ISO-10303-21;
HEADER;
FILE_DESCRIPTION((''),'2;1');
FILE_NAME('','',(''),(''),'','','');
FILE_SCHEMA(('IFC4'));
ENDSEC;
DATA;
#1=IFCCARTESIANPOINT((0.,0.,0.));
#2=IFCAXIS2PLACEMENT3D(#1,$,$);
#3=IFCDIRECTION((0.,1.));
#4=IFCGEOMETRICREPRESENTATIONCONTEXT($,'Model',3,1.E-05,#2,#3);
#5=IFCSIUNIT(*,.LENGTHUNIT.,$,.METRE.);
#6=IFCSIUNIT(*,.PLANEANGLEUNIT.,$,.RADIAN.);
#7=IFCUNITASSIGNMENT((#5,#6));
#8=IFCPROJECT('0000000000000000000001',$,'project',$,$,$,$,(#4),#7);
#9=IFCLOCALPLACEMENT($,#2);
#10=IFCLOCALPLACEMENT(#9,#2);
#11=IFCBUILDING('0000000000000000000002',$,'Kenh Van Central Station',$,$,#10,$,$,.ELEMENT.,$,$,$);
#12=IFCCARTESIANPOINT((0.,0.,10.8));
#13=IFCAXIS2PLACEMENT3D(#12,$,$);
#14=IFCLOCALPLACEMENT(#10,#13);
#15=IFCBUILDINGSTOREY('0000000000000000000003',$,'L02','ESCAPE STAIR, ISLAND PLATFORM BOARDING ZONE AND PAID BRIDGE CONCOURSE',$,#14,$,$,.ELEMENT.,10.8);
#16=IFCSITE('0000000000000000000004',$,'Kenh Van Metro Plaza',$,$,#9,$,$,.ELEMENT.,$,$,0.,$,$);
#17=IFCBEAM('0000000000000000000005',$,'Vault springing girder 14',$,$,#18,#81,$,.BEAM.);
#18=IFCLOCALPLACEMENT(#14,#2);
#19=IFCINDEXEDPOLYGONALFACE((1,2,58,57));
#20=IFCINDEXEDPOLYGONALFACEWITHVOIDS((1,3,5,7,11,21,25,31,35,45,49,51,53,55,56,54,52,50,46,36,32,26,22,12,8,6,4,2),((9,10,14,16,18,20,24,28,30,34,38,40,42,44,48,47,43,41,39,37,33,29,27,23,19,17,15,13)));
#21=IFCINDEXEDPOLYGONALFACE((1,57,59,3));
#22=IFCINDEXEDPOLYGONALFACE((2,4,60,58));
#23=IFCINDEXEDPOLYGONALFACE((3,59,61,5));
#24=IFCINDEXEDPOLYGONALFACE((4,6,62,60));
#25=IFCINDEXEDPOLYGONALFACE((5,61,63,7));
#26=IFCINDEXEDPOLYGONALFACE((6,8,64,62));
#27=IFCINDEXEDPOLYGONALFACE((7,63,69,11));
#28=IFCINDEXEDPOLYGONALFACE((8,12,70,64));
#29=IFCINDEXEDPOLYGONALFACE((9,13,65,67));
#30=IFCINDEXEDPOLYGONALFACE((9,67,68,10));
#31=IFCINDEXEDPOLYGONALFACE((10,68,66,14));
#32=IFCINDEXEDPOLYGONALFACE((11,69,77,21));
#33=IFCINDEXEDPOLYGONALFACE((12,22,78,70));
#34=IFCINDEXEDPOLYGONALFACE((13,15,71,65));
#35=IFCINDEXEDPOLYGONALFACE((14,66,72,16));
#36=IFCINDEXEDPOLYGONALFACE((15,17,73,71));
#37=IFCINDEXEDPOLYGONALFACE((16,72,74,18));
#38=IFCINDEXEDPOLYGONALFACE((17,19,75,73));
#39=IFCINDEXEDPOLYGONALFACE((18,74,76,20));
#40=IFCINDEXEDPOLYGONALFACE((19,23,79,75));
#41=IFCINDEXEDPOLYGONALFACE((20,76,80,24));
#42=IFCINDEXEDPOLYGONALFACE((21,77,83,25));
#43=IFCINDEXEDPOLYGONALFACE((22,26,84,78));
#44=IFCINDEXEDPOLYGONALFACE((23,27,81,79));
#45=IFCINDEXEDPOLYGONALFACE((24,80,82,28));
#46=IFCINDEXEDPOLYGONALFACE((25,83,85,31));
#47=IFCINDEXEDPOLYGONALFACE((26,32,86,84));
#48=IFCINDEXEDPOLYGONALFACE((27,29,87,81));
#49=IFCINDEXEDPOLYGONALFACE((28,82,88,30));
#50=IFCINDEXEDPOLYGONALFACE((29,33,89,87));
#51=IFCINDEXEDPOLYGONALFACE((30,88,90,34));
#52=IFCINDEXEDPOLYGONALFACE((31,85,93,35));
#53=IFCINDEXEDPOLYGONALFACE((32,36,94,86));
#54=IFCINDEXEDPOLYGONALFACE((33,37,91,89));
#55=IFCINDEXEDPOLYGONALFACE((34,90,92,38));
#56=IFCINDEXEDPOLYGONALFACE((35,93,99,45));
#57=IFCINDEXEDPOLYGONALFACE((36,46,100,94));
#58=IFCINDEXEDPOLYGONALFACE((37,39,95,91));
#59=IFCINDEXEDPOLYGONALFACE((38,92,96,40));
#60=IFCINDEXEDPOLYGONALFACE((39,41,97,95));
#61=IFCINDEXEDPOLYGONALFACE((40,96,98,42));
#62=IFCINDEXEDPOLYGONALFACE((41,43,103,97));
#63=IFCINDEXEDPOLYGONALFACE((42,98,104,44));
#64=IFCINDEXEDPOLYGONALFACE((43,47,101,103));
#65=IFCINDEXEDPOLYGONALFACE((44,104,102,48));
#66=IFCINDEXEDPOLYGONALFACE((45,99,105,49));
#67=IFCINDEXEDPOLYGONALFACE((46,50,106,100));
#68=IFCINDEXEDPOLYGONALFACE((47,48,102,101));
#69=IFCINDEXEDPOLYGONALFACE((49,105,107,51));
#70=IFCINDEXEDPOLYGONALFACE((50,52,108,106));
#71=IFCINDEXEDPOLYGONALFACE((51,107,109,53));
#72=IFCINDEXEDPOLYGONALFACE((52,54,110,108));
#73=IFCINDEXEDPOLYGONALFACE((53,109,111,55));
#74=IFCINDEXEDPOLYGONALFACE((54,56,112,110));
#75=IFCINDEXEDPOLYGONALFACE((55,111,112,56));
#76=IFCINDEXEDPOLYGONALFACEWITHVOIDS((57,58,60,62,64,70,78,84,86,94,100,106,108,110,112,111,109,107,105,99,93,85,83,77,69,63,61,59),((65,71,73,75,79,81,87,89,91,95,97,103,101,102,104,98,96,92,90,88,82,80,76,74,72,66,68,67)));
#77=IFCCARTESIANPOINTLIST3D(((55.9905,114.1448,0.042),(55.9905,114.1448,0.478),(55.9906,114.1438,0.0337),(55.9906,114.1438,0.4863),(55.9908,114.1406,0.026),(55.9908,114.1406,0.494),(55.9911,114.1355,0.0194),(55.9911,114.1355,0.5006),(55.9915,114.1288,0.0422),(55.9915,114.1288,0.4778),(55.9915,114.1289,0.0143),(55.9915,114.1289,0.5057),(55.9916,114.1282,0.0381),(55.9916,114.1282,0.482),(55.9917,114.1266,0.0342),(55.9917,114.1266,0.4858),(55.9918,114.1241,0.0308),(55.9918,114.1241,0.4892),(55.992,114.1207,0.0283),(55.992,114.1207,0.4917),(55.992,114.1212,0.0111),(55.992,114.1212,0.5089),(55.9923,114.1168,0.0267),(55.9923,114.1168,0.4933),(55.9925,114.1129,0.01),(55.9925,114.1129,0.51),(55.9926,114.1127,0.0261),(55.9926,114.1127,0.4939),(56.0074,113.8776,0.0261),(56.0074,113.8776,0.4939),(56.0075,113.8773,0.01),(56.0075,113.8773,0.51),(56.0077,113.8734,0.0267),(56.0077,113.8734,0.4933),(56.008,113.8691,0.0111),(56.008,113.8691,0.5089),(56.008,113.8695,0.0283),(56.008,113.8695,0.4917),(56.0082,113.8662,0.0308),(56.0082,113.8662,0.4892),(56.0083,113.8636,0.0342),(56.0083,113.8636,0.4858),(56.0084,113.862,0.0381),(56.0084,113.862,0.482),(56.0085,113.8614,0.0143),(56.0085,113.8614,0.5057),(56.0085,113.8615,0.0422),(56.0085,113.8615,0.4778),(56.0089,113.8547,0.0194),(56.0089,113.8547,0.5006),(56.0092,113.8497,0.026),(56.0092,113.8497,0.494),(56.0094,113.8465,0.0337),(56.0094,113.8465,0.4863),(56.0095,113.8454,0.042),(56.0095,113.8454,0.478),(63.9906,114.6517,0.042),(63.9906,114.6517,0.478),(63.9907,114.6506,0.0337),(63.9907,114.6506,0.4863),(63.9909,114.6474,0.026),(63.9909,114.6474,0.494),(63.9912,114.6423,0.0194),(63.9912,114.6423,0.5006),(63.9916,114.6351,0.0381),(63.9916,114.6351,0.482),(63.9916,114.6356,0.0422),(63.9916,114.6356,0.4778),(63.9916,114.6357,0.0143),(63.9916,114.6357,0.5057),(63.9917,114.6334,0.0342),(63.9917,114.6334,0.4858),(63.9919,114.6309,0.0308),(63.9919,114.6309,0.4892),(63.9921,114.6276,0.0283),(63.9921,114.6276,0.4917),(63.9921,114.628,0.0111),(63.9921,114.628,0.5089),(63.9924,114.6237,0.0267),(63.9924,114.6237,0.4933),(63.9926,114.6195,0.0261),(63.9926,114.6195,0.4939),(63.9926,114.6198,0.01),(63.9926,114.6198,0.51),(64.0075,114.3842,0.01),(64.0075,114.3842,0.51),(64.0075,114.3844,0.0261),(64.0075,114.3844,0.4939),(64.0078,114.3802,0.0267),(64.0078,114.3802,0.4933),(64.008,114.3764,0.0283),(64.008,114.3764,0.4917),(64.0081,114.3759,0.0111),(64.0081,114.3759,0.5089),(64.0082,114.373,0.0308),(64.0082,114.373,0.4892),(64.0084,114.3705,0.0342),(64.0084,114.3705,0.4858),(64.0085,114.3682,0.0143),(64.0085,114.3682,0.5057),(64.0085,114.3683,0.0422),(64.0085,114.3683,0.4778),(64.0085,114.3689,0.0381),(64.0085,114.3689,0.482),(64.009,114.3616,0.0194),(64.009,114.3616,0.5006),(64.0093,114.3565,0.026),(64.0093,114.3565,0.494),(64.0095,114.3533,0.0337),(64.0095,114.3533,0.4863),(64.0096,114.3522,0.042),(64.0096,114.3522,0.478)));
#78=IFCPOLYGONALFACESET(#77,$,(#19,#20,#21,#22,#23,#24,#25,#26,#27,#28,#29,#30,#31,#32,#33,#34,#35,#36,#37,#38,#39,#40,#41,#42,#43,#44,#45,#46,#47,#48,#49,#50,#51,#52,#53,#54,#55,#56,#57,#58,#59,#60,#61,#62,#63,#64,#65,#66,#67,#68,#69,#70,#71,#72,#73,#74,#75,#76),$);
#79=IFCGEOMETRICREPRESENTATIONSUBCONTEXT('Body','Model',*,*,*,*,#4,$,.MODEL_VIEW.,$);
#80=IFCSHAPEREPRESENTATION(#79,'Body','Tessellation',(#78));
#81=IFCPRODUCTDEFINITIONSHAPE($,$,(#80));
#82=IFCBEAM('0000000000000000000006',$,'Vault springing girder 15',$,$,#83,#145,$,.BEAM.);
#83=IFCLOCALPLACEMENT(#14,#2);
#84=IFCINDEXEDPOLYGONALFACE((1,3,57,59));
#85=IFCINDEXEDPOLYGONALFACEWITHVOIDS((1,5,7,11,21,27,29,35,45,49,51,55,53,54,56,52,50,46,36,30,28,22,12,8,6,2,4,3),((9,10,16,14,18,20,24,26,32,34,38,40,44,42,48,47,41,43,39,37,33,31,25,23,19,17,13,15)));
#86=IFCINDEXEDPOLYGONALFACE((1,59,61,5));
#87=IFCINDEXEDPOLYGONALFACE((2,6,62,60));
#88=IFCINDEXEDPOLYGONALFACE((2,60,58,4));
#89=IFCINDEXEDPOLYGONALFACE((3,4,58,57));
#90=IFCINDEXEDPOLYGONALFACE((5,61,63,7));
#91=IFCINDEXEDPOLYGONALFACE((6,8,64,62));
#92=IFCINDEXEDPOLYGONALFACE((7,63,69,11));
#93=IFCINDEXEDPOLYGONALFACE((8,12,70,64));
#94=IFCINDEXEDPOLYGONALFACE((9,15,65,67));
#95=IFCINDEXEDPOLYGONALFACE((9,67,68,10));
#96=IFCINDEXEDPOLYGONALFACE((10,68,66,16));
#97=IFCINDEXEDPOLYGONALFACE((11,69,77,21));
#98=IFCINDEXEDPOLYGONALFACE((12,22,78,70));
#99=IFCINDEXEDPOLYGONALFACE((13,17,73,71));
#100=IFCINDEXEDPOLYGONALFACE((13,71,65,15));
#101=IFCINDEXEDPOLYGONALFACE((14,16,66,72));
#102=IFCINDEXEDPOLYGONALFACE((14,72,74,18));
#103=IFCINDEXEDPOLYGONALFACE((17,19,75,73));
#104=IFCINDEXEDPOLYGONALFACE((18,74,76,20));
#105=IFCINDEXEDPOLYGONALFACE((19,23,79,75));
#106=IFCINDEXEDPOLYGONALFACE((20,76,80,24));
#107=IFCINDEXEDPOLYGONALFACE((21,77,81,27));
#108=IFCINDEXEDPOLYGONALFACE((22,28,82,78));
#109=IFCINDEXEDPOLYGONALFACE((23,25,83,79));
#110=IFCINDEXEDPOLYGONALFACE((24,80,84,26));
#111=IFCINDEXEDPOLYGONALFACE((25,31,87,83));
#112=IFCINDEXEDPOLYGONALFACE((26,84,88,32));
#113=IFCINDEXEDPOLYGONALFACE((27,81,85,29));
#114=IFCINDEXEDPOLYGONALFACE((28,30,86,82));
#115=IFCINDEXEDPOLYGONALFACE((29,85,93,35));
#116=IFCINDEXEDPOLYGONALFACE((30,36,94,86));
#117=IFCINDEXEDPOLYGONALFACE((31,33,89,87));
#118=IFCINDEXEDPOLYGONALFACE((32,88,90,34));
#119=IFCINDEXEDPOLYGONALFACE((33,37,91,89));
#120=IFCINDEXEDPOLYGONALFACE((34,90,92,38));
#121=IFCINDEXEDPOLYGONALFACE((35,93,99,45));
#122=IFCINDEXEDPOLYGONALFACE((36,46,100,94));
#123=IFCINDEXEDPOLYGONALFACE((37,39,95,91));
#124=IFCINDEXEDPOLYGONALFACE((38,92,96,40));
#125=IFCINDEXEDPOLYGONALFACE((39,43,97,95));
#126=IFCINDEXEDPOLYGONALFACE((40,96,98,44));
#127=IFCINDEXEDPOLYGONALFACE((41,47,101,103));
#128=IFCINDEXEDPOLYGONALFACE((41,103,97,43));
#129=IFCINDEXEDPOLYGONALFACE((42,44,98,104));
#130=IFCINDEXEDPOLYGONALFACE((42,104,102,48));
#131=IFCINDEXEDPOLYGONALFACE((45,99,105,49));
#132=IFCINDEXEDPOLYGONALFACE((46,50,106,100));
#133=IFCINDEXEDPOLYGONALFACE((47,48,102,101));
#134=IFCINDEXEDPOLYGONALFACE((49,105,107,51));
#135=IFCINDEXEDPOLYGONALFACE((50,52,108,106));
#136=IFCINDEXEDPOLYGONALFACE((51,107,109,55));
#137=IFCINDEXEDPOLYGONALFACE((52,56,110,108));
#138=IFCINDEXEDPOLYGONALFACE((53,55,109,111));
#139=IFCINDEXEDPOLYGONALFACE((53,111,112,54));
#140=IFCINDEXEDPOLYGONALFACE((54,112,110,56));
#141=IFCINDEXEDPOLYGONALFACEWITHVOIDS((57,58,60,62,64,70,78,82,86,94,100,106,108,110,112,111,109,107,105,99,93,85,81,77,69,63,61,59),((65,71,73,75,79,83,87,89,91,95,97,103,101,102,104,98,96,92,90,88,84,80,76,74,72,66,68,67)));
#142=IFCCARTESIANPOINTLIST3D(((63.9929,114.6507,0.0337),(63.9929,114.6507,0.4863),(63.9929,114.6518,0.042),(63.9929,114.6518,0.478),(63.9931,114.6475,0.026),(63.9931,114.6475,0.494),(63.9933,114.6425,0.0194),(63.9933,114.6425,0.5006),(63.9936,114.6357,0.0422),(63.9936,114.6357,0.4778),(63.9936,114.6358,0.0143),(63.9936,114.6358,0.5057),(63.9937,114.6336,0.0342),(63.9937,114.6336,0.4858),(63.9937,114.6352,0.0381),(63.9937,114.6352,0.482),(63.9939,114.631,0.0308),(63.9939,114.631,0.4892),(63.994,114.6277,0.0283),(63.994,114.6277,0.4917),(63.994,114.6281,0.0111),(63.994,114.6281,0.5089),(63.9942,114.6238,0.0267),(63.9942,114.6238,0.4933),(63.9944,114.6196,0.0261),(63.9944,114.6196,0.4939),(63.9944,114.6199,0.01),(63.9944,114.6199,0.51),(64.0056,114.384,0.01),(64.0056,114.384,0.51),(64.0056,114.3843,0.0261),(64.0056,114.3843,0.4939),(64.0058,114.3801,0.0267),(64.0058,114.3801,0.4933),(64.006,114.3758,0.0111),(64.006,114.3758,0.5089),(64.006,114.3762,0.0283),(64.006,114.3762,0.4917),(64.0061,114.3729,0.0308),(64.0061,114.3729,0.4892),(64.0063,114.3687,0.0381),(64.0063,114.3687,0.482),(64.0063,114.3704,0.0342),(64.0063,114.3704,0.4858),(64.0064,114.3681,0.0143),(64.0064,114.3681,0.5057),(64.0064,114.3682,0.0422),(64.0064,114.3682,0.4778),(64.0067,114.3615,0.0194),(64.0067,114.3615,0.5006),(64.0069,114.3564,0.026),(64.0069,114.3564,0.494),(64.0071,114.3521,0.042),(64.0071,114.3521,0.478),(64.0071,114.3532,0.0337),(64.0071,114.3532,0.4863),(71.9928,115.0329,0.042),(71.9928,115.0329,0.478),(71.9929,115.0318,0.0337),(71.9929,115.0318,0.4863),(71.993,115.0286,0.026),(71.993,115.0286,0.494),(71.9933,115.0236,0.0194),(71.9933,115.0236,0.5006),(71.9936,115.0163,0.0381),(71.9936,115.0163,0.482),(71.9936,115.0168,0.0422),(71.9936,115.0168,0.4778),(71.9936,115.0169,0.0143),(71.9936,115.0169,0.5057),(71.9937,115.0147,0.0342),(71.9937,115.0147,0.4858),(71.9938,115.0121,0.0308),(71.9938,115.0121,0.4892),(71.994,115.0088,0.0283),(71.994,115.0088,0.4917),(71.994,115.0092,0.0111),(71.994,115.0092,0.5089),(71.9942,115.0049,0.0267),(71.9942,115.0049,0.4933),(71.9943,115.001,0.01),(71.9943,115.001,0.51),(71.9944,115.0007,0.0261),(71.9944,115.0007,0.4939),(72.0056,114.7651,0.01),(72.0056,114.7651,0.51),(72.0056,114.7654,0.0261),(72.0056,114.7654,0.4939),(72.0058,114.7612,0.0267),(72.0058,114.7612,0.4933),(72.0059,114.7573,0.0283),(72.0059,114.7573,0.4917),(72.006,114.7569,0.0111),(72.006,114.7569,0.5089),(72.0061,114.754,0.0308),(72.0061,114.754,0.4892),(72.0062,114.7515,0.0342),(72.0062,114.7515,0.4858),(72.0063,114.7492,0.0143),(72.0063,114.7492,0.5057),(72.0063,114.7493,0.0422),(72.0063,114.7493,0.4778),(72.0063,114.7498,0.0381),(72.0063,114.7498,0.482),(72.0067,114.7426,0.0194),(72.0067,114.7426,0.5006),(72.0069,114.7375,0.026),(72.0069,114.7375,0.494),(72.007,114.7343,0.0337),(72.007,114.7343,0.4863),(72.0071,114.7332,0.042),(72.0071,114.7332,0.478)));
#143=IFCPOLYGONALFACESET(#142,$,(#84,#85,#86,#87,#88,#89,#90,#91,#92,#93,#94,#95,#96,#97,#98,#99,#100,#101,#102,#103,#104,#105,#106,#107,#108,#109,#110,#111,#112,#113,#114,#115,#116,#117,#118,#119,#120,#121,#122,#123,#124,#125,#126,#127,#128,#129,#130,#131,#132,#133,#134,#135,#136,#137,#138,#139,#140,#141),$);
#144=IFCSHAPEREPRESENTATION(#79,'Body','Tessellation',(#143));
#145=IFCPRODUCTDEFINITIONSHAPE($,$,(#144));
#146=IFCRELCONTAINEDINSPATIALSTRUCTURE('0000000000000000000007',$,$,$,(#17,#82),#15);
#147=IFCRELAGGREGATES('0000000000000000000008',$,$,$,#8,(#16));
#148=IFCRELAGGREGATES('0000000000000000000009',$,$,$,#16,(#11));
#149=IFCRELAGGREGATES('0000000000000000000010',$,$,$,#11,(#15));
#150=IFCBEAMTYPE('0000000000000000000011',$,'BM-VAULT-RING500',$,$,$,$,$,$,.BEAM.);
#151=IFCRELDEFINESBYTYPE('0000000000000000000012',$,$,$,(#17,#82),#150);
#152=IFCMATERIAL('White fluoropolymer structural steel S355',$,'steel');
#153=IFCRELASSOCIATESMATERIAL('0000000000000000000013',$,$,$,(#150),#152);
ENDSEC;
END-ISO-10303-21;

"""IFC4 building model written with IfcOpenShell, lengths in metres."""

from ifc_helpers import new_model, si_unit, direction, frame, origin, origin_2d, place, context, subcontext, project, spatial, hollow_rectangle, extrude, material, material_profile, profile_set, type_object, element, save


model = new_model("IFC4")

# Units and contexts
model_context = context("Model", 3, precision=1e-05, world=origin(), true_north=direction((0.0, 1.0)))
body_context = subcontext(model_context, "Body", "Model", "MODEL_VIEW")
ifc_project = project(units=[si_unit("LENGTHUNIT", "METRE"), si_unit("PLANEANGLEUNIT", "RADIAN")], contexts=[model_context])

# Site, building, storey
site_placement = place(None, origin())
site = spatial("IfcSite", under=ifc_project, at=site_placement, Name="Kenh Van Metro Plaza", CompositionType="ELEMENT", RefElevation=0.0)
building_placement = place(site_placement, origin())
building = spatial("IfcBuilding", under=site, at=building_placement, Name="Kenh Van Central Station", CompositionType="ELEMENT")
storey_placement = place(building_placement, frame((0.0, 0.0, 10.8)))
storey = spatial("IfcBuildingStorey", under=building, at=storey_placement, Name="L02", Description="ESCAPE STAIR, ISLAND PLATFORM BOARDING ZONE AND PAID BRIDGE CONCOURSE", CompositionType="ELEMENT", Elevation=10.8)

# Beams
ifc_material_1 = material(Name="White fluoropolymer structural steel S355", Category="steel")
ifc_material_profile_1 = material_profile(ifc_material_1, hollow_rectangle(XDim=0.3, YDim=0.5, WallThickness=0.0161, InnerFilletRadius=0.0161, OuterFilletRadius=0.032, at=origin_2d()), Name="RHS 500x300x16")
ifc_profile_set_1 = profile_set([ifc_material_profile_1], Name="White fluoropolymer structural steel S355")
beam_type_1 = type_object("IfcBeamType", Name="BM-VAULT-RING500", PredefinedType="BEAM", material=ifc_profile_set_1)
beam_1_placement = place(storey_placement, frame((56.0, 113.9951, 0.26), z_axis=(0.997999, 0.063228, 0.0), x_axis=(-0.063228, 0.997999, 0.0)))
element("IfcBeam", 1, at=beam_1_placement, inside=storey, type_object=beam_type_1, Name="Vault springing girder 14", PredefinedType="BEAM", context=body_context, shape_type="SweptSolid", body=[
    extrude(hollow_rectangle(XDim=0.3, YDim=0.5, WallThickness=0.0161, InnerFilletRadius=0.0161, OuterFilletRadius=0.032, at=origin_2d()), origin(), (0.0, 0.0, 1.0), 8.0161),
])
beam_2_placement = place(storey_placement, frame((64.0, 114.502, 0.26), z_axis=(0.998867, 0.047584, 0.0), x_axis=(-0.047584, 0.998867, 0.0)))
element("IfcBeam", 2, at=beam_2_placement, inside=storey, type_object=beam_type_1, Name="Vault springing girder 15", PredefinedType="BEAM", context=body_context, shape_type="SweptSolid", body=[
    extrude(hollow_rectangle(XDim=0.3, YDim=0.5, WallThickness=0.0161, InnerFilletRadius=0.0161, OuterFilletRadius=0.032, at=origin_2d()), origin(), (0.0, 0.0, 1.0), 8.009),
])

save(model, "model.ifc")
